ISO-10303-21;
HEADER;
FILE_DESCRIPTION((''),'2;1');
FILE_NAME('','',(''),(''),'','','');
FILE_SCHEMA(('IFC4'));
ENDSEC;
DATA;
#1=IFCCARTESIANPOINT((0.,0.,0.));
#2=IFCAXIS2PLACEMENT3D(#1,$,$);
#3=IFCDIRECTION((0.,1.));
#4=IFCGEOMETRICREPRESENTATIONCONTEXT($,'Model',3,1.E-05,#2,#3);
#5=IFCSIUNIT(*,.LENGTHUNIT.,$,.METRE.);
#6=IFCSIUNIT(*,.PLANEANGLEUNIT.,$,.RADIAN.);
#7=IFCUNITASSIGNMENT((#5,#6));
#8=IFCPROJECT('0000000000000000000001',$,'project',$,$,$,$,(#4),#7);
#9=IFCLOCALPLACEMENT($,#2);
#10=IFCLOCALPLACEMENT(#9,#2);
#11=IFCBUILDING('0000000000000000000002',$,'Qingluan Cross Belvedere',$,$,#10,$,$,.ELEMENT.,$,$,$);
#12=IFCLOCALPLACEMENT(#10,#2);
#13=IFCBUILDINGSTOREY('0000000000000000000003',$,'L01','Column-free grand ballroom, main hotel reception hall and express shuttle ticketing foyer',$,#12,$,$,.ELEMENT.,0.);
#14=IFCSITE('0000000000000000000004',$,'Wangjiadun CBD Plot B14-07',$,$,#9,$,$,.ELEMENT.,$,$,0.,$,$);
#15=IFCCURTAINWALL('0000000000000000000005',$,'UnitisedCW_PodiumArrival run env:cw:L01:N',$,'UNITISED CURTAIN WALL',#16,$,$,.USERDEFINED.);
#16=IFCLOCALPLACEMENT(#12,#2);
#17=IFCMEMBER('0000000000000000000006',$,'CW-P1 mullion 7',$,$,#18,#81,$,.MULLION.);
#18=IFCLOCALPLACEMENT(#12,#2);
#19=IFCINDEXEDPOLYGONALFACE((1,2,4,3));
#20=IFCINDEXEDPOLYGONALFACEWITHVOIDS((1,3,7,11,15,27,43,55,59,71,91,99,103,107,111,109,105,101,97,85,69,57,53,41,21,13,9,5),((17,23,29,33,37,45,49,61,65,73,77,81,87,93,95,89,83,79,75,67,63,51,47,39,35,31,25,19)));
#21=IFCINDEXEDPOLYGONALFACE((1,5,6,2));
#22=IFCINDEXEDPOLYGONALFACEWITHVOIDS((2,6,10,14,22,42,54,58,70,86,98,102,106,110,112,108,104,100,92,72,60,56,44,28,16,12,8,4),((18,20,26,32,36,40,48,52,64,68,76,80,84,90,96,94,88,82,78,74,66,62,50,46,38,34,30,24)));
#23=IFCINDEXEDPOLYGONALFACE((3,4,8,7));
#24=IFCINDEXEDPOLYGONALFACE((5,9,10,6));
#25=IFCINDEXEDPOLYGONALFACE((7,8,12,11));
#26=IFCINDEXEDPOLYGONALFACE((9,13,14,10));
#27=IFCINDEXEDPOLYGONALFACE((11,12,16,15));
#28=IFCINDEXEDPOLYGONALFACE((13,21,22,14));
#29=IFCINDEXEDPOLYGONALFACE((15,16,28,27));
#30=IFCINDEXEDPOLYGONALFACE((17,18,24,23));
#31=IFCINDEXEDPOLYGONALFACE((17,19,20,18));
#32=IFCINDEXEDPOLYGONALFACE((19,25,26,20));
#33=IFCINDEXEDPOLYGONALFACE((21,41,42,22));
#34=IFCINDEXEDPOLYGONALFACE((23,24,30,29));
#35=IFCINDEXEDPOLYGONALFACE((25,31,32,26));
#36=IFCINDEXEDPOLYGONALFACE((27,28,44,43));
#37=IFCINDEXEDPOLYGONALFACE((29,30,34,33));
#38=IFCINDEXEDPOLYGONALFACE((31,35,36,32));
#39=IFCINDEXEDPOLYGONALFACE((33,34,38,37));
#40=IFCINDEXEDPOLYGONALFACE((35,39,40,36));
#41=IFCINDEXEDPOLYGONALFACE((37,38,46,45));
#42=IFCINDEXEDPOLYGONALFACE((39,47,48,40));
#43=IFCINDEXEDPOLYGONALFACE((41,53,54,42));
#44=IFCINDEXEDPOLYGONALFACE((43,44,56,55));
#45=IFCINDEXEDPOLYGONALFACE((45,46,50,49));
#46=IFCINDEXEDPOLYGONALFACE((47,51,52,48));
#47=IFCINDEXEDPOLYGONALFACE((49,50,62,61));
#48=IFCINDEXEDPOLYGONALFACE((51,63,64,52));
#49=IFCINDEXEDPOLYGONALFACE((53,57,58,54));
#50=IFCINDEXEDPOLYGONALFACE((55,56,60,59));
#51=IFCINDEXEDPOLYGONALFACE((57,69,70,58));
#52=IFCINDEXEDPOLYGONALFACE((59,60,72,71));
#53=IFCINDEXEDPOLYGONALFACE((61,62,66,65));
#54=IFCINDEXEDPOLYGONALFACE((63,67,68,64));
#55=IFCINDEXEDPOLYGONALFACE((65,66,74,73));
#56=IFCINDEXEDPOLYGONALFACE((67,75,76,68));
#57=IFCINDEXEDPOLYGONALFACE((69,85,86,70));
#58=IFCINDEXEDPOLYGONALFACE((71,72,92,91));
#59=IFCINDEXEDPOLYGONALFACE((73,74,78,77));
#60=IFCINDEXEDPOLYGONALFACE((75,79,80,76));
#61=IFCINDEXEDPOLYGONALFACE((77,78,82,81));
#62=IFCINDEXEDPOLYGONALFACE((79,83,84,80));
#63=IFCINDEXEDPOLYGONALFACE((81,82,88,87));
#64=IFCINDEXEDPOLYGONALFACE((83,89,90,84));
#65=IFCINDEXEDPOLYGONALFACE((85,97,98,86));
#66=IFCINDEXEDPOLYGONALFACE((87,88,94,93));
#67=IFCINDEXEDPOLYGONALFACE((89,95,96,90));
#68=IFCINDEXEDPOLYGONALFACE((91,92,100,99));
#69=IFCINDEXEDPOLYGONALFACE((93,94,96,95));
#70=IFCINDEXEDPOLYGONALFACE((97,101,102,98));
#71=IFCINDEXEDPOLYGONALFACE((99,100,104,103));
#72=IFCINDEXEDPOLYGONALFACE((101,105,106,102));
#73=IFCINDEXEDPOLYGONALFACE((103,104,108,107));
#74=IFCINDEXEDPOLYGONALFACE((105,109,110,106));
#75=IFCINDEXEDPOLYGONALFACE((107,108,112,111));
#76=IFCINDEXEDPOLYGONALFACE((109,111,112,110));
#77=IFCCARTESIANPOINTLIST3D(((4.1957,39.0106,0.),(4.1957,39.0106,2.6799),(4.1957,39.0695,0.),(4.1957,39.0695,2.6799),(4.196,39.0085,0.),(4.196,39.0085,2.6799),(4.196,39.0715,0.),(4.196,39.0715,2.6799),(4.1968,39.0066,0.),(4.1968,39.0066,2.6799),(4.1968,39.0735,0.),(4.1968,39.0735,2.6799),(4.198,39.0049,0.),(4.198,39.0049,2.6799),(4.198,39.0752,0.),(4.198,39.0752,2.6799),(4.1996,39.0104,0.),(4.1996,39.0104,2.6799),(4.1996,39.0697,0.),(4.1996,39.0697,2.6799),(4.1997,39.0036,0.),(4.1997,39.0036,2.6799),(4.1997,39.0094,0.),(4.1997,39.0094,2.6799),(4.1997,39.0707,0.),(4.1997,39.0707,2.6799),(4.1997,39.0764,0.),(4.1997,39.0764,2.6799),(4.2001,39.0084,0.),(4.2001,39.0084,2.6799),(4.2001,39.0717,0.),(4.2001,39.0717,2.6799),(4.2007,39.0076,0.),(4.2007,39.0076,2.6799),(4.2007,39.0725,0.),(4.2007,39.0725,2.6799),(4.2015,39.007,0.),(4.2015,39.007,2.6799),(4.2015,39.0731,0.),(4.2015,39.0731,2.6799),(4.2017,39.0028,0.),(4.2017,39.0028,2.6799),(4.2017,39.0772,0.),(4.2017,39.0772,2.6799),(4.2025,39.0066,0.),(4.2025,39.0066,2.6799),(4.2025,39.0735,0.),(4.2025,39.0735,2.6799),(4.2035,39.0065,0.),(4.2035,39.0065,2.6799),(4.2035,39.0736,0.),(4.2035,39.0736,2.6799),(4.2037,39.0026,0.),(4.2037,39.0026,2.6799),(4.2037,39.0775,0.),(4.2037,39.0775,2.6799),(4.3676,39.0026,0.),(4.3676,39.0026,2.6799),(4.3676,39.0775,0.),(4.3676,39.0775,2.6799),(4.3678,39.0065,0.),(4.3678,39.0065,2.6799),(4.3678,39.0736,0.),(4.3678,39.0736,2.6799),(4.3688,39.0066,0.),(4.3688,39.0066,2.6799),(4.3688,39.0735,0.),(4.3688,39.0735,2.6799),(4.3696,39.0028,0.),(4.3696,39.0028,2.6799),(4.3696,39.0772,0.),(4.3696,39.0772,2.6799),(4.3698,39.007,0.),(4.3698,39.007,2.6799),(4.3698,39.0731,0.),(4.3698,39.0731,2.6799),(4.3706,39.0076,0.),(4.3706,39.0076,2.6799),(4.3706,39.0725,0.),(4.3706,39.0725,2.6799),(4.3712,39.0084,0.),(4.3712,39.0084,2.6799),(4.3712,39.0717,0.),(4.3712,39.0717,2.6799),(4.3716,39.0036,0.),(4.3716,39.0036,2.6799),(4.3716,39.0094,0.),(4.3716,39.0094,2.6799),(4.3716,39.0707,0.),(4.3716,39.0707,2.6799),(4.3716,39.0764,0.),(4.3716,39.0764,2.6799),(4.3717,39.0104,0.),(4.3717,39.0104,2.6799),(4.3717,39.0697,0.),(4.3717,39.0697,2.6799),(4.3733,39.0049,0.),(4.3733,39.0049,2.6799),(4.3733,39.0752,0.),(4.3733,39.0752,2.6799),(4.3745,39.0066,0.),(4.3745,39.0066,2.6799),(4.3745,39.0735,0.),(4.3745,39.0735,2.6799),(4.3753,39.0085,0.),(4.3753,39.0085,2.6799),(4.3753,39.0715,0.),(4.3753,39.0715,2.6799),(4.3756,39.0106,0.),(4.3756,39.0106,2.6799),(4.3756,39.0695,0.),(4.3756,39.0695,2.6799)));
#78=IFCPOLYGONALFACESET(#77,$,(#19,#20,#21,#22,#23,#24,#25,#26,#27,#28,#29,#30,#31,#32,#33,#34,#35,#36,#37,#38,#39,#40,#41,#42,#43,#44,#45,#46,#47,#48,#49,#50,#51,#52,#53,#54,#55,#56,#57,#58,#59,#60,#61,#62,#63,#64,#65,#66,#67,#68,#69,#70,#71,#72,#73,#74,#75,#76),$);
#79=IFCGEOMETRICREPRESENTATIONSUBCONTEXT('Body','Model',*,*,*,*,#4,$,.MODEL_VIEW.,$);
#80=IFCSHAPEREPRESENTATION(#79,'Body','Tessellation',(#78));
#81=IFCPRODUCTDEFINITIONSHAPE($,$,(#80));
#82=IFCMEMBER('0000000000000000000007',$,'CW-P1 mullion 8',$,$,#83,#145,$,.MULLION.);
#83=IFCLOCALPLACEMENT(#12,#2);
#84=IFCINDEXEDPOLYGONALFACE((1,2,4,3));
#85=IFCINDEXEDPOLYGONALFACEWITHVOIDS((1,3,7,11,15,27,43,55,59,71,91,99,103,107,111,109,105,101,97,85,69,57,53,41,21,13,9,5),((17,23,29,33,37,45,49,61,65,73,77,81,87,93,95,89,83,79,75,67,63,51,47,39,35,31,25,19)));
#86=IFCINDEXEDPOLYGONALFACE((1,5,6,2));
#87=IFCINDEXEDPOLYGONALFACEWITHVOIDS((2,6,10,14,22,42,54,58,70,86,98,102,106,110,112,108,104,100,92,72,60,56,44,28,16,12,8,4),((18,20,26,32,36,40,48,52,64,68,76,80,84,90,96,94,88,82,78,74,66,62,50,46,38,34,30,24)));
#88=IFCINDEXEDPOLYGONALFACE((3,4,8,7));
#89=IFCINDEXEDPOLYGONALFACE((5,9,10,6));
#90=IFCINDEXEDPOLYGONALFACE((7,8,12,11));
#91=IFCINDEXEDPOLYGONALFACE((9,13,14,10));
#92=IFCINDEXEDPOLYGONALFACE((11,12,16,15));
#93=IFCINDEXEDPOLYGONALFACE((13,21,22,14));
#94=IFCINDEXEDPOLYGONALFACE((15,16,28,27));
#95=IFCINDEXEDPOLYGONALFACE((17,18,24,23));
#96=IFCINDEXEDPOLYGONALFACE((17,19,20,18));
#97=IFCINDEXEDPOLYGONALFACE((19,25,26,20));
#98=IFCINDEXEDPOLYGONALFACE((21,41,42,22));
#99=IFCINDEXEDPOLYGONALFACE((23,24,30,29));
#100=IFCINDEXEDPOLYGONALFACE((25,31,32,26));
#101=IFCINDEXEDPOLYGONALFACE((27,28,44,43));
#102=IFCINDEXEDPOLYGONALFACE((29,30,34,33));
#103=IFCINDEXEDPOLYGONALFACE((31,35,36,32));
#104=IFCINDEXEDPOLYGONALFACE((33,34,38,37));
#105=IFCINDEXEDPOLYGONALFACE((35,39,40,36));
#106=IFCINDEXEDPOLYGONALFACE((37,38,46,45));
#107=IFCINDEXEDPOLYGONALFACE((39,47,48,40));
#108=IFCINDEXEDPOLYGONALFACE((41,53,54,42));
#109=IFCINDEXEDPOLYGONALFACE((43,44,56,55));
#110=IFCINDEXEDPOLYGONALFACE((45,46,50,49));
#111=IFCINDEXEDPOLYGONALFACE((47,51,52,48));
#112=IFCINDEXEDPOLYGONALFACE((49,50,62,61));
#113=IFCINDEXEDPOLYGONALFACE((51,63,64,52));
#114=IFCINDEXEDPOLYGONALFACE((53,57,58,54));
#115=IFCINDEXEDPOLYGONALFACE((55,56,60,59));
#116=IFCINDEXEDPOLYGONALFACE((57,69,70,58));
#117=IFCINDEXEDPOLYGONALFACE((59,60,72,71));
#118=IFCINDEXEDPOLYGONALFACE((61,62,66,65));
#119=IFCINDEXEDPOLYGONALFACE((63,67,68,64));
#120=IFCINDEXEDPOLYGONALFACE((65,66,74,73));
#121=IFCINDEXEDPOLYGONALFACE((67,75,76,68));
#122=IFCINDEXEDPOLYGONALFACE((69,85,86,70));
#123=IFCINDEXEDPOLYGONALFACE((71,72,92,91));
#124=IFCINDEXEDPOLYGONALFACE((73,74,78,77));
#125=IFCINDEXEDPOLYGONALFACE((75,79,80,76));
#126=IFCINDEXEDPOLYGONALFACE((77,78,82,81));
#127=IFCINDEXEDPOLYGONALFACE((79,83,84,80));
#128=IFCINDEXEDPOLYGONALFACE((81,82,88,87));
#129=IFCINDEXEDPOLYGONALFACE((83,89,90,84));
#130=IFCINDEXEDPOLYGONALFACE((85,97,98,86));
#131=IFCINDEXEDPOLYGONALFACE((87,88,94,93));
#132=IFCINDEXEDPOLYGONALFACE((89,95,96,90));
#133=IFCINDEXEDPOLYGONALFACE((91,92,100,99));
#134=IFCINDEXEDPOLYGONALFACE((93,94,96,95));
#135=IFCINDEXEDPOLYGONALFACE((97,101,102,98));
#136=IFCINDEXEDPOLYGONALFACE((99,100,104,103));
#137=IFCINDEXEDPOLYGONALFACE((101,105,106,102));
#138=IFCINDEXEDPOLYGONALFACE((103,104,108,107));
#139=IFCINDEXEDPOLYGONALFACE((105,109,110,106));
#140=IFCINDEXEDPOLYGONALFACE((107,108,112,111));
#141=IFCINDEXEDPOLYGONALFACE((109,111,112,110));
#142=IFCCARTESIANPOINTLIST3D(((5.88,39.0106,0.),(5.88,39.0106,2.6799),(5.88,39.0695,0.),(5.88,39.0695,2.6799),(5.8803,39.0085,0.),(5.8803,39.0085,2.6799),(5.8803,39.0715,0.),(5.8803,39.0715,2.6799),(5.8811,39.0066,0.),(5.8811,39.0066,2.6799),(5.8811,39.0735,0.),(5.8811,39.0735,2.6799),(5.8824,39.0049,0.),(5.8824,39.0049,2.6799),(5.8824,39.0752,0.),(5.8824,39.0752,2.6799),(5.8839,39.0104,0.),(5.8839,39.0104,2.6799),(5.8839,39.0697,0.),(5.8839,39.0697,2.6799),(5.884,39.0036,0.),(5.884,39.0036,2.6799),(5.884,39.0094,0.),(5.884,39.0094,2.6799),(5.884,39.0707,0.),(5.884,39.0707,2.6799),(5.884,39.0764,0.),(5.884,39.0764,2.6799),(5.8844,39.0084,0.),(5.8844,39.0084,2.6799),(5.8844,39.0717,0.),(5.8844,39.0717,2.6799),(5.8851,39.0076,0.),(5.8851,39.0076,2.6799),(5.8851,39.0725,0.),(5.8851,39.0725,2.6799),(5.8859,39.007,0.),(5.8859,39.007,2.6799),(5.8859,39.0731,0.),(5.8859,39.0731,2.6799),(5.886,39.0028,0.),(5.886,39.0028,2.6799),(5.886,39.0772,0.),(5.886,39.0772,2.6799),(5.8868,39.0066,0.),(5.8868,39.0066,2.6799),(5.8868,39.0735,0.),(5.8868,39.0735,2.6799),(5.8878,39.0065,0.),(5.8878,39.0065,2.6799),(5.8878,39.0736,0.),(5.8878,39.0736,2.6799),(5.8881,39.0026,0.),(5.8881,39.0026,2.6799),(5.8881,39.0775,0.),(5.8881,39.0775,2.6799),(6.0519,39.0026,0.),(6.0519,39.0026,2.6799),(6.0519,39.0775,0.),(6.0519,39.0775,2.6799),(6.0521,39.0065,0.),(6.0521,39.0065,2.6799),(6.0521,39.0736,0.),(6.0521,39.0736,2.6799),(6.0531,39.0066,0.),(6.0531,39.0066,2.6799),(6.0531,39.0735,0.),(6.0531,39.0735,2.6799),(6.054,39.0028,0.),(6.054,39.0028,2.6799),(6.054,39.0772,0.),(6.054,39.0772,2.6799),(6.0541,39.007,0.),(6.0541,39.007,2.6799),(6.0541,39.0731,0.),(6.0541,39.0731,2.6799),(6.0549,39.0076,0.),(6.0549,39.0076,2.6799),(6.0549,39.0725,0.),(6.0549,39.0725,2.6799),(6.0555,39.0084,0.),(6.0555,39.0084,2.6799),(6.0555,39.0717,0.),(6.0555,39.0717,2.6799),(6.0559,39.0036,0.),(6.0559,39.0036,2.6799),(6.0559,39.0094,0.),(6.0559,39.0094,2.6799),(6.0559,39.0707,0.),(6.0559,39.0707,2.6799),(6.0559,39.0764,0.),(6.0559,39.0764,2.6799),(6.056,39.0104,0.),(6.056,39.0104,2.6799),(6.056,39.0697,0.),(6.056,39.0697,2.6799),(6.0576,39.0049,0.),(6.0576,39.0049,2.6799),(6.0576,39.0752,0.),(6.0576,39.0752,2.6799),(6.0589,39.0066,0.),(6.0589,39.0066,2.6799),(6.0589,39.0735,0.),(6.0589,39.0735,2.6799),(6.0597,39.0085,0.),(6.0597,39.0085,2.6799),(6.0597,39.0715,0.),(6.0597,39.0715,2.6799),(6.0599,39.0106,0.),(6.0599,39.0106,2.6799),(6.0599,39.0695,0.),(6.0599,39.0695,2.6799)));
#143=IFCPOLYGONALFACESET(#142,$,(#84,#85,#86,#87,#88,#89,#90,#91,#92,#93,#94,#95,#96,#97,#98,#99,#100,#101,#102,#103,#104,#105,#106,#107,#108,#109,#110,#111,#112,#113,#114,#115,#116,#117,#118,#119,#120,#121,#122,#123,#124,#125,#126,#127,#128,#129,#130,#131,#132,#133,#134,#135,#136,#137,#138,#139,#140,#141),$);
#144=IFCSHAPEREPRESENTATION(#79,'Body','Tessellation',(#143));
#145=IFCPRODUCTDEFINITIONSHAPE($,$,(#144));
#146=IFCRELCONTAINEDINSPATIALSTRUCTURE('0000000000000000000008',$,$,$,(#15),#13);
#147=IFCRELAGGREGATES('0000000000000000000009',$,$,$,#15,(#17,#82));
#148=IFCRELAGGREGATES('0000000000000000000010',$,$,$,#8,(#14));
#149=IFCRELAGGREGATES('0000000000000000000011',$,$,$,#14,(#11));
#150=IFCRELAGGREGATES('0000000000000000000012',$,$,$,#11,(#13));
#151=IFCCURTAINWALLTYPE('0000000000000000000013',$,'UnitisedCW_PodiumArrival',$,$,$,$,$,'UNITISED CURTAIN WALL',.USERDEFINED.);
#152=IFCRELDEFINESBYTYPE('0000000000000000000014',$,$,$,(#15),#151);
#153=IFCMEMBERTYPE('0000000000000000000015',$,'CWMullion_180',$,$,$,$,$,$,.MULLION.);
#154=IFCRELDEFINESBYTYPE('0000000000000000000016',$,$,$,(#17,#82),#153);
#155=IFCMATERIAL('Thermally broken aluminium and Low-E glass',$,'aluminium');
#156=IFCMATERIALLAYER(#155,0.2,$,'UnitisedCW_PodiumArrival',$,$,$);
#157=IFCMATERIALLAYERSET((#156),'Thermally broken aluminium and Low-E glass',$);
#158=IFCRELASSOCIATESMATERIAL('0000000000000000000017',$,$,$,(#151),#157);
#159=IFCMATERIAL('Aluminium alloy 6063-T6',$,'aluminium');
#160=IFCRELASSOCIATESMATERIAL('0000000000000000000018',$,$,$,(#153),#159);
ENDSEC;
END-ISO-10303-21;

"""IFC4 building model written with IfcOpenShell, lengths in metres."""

from ifc_helpers import new_model, si_unit, direction, frame, origin, origin_2d, place, context, subcontext, project, spatial, hollow_rectangle, extrude, material, layer, layer_set, material_profile, profile_set, type_object, element, aggregate, save


model = new_model("IFC4")

# Units and contexts
model_context = context("Model", 3, precision=1e-05, world=origin(), true_north=direction((0.0, 1.0)))
body_context = subcontext(model_context, "Body", "Model", "MODEL_VIEW")
ifc_project = project(units=[si_unit("LENGTHUNIT", "METRE"), si_unit("PLANEANGLEUNIT", "RADIAN")], contexts=[model_context])

# Site, building, storey
site_placement = place(None, origin())
site = spatial("IfcSite", under=ifc_project, at=site_placement, Name="Wangjiadun CBD Plot B14-07", CompositionType="ELEMENT", RefElevation=0.0)
building_placement = place(site_placement, origin())
building = spatial("IfcBuilding", under=site, at=building_placement, Name="Qingluan Cross Belvedere", CompositionType="ELEMENT")
storey_placement = place(building_placement, origin())
storey = spatial("IfcBuildingStorey", under=building, at=storey_placement, Name="L01", Description="Column-free grand ballroom, main hotel reception hall and express shuttle ticketing foyer", CompositionType="ELEMENT", Elevation=0.0)

# Curtain wall, members
ifc_material_1 = material(Name="Thermally broken aluminium and Low-E glass", Category="aluminium")
ifc_layer_1 = layer(ifc_material_1, 0.2, Name="UnitisedCW_PodiumArrival")
ifc_layer_set_1 = layer_set([ifc_layer_1], Name="Thermally broken aluminium and Low-E glass")
curtain_wall_type = type_object("IfcCurtainWallType", Name="UnitisedCW_PodiumArrival", ElementType="UNITISED CURTAIN WALL", PredefinedType="USERDEFINED", material=ifc_layer_set_1)
curtain_wall_placement = place(storey_placement, origin())
curtain_wall = element("IfcCurtainWall", 1, at=curtain_wall_placement, inside=storey, type_object=curtain_wall_type, Name="UnitisedCW_PodiumArrival run env:cw:L01:N", ObjectType="UNITISED CURTAIN WALL", PredefinedType="USERDEFINED")
ifc_material_2 = material(Name="Aluminium alloy 6063-T6", Category="aluminium")
ifc_material_profile_1 = material_profile(ifc_material_2, hollow_rectangle(XDim=0.075, YDim=0.1799, WallThickness=0.0039, InnerFilletRadius=0.0039, OuterFilletRadius=0.0081, at=origin_2d()), Name="CWM180x75x4")
ifc_profile_set_1 = profile_set([ifc_material_profile_1], Name="Aluminium alloy 6063-T6")
member_type_1 = type_object("IfcMemberType", Name="CWMullion_180", PredefinedType="MULLION", material=ifc_profile_set_1)
member_1_placement = place(storey_placement, frame((4.2856, 39.04, 0.0), z_axis=(0.0, 0.0, 1.0), x_axis=(0.0, 1.0, 0.0)))
member_1 = element("IfcMember", 2, at=member_1_placement, type_object=member_type_1, Name="CW-P1 mullion 7", PredefinedType="MULLION", context=body_context, shape_type="SweptSolid", body=[
    extrude(hollow_rectangle(XDim=0.075, YDim=0.1799, WallThickness=0.0039, InnerFilletRadius=0.0039, OuterFilletRadius=0.0081, at=origin_2d()), origin(), (0.0, 0.0, 1.0), 2.6799),
])
member_2_placement = place(storey_placement, frame((5.97, 39.04, 0.0), z_axis=(0.0, 0.0, 1.0), x_axis=(0.0, 1.0, 0.0)))
member_2 = element("IfcMember", 3, at=member_2_placement, type_object=member_type_1, Name="CW-P1 mullion 8", PredefinedType="MULLION", context=body_context, shape_type="SweptSolid", body=[
    extrude(hollow_rectangle(XDim=0.075, YDim=0.1799, WallThickness=0.0039, InnerFilletRadius=0.0039, OuterFilletRadius=0.0081, at=origin_2d()), origin(), (0.0, 0.0, 1.0), 2.6799),
])

aggregate(curtain_wall, [member_1, member_2])

save(model, "model.ifc")
